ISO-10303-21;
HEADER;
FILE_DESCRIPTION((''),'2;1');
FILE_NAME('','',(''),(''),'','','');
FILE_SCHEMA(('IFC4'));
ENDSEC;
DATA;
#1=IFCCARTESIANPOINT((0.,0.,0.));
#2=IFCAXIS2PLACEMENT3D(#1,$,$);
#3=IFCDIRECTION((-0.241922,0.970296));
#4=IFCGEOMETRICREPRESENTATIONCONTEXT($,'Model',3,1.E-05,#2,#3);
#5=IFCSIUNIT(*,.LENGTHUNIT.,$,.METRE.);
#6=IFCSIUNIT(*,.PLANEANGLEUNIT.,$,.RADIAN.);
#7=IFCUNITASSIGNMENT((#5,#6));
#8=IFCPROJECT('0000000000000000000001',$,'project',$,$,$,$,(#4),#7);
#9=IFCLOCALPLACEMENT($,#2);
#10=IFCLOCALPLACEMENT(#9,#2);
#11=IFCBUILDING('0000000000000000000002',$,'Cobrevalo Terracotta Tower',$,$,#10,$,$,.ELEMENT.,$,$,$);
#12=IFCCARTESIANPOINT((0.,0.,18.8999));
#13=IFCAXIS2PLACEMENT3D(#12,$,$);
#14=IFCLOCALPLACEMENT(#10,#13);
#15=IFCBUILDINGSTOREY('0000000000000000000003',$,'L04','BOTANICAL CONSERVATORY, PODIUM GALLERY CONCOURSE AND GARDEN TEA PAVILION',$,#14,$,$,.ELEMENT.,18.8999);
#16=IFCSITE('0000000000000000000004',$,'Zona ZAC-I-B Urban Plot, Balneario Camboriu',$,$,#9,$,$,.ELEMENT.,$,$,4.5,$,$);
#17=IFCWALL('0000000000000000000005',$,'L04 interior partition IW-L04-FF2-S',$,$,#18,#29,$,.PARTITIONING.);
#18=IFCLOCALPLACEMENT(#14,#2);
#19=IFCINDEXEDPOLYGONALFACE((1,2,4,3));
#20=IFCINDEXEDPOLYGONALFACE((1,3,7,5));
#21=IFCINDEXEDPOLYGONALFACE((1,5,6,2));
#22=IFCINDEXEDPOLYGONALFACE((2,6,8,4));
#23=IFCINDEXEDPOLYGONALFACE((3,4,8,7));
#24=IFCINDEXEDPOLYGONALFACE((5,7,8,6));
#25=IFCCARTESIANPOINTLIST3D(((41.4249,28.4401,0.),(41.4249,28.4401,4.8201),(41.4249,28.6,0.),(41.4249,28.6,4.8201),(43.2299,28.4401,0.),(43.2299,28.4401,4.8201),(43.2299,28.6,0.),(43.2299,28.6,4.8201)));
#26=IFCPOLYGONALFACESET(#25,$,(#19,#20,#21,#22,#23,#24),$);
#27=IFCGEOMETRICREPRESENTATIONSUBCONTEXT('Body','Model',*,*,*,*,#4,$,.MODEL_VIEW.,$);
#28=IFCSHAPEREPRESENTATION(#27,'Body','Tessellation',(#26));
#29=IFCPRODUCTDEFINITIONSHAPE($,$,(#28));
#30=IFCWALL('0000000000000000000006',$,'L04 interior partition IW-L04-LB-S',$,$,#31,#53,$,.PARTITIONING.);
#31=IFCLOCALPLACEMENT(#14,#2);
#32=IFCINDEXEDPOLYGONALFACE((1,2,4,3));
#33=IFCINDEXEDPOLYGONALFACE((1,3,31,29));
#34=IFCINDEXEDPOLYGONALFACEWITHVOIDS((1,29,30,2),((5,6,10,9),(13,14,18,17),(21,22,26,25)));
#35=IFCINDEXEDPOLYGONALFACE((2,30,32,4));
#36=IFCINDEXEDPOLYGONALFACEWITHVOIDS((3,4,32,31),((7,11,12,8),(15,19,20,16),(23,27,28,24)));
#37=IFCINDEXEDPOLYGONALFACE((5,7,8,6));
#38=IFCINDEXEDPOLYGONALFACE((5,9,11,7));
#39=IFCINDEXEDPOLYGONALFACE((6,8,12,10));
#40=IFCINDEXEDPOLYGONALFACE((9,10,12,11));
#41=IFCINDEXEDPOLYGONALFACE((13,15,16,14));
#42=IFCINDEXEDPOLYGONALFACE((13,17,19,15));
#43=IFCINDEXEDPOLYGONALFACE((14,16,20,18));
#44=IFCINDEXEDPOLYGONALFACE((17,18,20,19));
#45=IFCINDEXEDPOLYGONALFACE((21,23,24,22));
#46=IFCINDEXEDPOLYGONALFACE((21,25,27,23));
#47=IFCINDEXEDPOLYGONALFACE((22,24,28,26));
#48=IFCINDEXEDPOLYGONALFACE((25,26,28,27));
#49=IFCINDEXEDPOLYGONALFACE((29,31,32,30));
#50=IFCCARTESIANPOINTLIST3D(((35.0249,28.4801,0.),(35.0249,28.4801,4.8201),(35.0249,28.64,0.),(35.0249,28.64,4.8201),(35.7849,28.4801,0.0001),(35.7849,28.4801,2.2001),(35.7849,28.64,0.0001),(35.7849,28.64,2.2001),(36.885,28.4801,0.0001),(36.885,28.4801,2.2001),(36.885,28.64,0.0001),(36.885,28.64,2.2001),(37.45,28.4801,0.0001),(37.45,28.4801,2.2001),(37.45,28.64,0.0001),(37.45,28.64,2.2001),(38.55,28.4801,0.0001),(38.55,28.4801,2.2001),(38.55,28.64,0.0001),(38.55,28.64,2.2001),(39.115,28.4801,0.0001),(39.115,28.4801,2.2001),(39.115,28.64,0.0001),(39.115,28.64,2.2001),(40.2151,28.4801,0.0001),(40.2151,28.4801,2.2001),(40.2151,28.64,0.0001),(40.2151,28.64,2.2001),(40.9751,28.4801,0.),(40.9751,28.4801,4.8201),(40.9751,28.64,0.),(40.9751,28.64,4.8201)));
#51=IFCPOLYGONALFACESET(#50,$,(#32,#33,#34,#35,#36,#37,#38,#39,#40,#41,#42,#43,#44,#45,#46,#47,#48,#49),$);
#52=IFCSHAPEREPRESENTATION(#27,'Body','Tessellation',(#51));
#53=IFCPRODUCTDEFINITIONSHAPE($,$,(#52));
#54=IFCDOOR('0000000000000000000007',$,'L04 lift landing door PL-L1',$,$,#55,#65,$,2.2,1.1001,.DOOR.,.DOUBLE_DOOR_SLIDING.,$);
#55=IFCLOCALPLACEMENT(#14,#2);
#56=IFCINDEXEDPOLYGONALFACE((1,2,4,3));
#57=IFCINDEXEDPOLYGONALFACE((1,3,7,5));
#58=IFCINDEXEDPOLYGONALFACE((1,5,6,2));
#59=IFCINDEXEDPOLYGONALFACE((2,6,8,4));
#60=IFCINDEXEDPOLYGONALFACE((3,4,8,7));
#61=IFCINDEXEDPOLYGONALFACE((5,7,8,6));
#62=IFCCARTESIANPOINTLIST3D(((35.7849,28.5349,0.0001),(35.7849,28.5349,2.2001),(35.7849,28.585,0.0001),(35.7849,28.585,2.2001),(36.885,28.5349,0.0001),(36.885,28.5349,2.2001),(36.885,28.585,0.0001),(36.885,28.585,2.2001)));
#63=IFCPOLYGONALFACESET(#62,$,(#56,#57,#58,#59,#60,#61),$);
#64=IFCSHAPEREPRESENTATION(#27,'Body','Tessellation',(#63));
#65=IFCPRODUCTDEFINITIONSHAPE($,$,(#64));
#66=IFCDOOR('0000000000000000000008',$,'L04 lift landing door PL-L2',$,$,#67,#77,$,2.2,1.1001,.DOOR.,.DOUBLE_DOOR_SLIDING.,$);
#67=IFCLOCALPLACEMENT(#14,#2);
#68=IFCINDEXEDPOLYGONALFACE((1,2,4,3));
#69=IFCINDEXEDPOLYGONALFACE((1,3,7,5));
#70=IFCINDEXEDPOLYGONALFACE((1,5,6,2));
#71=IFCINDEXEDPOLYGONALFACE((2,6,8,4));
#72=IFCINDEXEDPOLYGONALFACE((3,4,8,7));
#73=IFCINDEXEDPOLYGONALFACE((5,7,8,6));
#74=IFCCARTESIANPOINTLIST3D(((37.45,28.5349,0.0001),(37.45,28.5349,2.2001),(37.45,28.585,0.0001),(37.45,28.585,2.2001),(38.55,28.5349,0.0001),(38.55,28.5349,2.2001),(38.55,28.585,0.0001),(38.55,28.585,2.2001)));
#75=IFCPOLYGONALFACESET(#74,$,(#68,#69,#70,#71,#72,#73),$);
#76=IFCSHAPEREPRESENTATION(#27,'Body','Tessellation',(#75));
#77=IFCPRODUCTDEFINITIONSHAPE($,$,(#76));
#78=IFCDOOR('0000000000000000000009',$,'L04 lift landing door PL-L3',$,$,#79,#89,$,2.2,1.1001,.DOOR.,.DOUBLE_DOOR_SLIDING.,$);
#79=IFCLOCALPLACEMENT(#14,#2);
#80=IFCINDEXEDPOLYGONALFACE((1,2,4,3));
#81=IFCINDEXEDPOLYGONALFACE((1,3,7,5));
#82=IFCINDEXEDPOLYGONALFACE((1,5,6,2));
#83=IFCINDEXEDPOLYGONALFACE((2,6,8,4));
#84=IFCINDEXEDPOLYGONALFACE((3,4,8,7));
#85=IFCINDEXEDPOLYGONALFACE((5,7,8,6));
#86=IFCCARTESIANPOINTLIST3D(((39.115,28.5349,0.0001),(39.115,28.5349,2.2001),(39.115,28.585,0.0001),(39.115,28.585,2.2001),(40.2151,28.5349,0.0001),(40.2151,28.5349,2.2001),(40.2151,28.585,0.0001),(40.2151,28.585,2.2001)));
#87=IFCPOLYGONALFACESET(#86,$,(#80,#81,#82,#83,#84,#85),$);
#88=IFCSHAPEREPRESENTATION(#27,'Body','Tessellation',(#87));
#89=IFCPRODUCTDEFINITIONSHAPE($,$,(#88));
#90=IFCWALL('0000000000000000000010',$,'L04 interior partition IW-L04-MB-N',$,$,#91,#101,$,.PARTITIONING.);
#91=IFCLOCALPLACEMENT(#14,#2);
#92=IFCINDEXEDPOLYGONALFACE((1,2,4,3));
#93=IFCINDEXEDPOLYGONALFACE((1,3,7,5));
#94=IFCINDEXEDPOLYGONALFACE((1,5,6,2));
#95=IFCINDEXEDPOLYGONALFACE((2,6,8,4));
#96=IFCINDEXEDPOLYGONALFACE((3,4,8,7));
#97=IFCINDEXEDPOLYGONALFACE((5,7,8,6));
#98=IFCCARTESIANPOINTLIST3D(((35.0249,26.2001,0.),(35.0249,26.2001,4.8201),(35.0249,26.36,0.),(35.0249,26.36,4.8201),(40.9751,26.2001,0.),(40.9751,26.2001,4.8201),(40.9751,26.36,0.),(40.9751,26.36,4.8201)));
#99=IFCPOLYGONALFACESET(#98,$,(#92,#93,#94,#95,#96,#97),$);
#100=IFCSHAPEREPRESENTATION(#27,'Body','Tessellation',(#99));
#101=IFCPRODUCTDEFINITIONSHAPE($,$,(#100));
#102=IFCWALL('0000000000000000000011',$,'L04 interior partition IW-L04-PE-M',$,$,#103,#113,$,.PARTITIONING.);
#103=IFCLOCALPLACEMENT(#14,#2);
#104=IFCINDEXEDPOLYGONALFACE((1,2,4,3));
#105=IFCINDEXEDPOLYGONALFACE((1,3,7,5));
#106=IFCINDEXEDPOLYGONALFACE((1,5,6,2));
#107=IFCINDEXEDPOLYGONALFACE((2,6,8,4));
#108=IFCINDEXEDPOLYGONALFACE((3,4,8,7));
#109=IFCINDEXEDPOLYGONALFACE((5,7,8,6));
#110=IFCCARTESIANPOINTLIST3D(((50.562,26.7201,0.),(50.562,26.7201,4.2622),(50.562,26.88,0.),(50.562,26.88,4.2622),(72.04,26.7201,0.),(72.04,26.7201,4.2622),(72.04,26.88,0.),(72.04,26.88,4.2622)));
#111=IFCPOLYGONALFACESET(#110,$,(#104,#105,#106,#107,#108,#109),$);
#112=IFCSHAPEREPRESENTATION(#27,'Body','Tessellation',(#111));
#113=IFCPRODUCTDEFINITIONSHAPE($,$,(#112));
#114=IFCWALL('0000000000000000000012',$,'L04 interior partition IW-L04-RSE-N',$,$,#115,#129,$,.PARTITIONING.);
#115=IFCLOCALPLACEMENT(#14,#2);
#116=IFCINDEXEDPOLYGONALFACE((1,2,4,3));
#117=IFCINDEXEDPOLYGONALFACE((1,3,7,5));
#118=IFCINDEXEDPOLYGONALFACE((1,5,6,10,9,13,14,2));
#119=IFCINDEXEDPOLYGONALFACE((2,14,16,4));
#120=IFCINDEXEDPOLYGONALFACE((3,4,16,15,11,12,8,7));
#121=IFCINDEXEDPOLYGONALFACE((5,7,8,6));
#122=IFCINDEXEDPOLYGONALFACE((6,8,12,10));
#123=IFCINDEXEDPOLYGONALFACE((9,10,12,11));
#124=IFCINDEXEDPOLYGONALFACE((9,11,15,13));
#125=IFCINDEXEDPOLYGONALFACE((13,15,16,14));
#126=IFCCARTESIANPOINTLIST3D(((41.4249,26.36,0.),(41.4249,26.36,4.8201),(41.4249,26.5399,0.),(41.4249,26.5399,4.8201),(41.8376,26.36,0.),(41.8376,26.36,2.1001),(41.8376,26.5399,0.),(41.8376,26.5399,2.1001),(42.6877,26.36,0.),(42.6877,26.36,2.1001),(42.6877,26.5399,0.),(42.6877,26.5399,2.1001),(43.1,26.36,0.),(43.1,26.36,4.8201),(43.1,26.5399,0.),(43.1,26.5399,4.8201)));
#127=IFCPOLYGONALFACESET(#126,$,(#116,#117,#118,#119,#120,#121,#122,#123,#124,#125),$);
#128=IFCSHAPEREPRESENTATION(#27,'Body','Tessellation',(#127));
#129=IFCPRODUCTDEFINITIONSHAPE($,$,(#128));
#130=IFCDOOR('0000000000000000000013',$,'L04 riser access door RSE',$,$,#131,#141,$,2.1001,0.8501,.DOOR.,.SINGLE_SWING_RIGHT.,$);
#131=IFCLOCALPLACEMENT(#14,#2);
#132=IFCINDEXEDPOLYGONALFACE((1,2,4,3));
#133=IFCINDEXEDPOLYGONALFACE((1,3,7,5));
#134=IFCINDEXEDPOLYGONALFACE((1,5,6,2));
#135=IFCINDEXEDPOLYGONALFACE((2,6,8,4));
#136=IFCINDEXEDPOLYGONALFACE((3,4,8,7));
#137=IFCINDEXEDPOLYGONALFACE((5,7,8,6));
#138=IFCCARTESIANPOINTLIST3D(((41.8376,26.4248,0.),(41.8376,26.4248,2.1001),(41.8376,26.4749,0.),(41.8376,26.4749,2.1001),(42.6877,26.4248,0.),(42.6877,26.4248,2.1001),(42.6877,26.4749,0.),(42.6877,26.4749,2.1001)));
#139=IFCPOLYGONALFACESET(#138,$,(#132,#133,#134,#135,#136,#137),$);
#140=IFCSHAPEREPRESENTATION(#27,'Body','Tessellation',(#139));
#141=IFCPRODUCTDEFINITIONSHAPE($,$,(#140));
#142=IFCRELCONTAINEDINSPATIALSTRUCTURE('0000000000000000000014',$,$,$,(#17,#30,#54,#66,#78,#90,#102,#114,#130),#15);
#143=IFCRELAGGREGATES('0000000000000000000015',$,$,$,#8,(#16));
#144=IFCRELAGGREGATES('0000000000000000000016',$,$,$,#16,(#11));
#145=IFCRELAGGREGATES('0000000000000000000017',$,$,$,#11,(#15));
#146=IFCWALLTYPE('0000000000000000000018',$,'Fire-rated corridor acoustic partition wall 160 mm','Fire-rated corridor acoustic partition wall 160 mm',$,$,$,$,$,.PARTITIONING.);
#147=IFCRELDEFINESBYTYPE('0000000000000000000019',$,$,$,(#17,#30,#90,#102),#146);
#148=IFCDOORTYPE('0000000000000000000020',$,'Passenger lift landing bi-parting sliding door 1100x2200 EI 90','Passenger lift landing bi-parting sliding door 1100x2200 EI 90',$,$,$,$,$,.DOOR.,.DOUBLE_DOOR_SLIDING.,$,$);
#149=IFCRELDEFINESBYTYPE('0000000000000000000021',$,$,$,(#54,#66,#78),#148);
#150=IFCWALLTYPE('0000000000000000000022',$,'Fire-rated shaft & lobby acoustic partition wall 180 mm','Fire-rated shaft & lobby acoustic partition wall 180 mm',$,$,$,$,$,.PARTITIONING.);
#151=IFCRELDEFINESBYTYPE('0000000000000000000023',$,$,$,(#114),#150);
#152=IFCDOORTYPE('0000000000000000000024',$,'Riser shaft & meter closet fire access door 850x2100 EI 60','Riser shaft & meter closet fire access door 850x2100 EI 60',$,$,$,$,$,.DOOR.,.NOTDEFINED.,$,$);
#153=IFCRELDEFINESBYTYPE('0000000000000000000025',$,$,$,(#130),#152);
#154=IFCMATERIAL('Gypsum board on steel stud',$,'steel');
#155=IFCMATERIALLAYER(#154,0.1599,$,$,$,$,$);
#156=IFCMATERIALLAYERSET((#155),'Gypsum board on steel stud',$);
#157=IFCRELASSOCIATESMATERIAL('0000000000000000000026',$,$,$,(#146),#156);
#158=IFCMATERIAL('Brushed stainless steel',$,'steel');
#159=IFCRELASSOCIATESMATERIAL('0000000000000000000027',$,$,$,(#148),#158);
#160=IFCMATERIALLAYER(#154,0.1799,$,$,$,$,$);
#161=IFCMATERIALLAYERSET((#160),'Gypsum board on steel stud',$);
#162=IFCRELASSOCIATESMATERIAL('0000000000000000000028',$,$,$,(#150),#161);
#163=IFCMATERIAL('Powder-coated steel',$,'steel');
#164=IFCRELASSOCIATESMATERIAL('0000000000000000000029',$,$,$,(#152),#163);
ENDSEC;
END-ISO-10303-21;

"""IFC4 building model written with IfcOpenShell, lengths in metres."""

from ifc_helpers import new_model, si_unit, direction, frame, frame_2d, origin, place, context, subcontext, project, spatial, rectangle, extrude, source, transform, mapped, material, layer, layer_set, type_object, element, fill, save


model = new_model("IFC4")

# Units and contexts
model_context = context("Model", 3, precision=1e-05, world=origin(), true_north=direction((-0.241922, 0.970296)))
body_context = subcontext(model_context, "Body", "Model", "MODEL_VIEW")
ifc_project = project(units=[si_unit("LENGTHUNIT", "METRE"), si_unit("PLANEANGLEUNIT", "RADIAN")], contexts=[model_context])

# Site, building, storey
site_placement = place(None, origin())
site = spatial("IfcSite", under=ifc_project, at=site_placement, Name="Zona ZAC-I-B Urban Plot, Balneario Camboriu", CompositionType="ELEMENT", RefElevation=4.5)
building_placement = place(site_placement, origin())
building = spatial("IfcBuilding", under=site, at=building_placement, Name="Cobrevalo Terracotta Tower", CompositionType="ELEMENT")
storey_placement = place(building_placement, frame((0.0, 0.0, 18.8999)))
storey = spatial("IfcBuildingStorey", under=building, at=storey_placement, Name="L04", Description="BOTANICAL CONSERVATORY, PODIUM GALLERY CONCOURSE AND GARDEN TEA PAVILION", CompositionType="ELEMENT", Elevation=18.8999)

# Wall
ifc_material_1 = material(Name="Gypsum board on steel stud", Category="steel")
ifc_layer_1 = layer(ifc_material_1, 0.1599)
ifc_layer_set_1 = layer_set([ifc_layer_1], Name="Gypsum board on steel stud")
wall_type_1 = type_object("IfcWallType", Name="Fire-rated corridor acoustic partition wall 160 mm", Description="Fire-rated corridor acoustic partition wall 160 mm", PredefinedType="PARTITIONING", material=ifc_layer_set_1)
wall_1_placement = place(storey_placement, frame((41.425, 28.52, 0.0), z_axis=(0.0, 0.0, 1.0), x_axis=(1.0, 0.0, 0.0)))
element("IfcWall", 1, at=wall_1_placement, inside=storey, type_object=wall_type_1, Name="L04 interior partition IW-L04-FF2-S", PredefinedType="PARTITIONING", context=body_context, shape_type="SweptSolid", body=[
    extrude(rectangle(XDim=1.8049, YDim=0.1599, at=frame_2d((0.9023, 0.0))), origin(), (0.0, 0.0, 1.0), 4.8201),
])

# Wall, openings, doors
wall_2_placement = place(storey_placement, frame((35.0249, 28.5601, 0.0), z_axis=(0.0, 0.0, 1.0), x_axis=(1.0, 0.0, 0.0)))
wall_2 = element("IfcWall", 2, at=wall_2_placement, inside=storey, type_object=wall_type_1, Name="L04 interior partition IW-L04-LB-S", PredefinedType="PARTITIONING", context=body_context, shape_type="SweptSolid", body=[
    extrude(rectangle(XDim=5.9502, YDim=0.1599, at=frame_2d((2.9751, 0.0))), origin(), (0.0, 0.0, 1.0), 4.8201),
])
opening_1_placement = place(wall_2_placement, frame((0.76, 0.0, 0.0)))
opening_1 = element("IfcOpeningElement", 3, at=opening_1_placement, cuts=wall_2, PredefinedType="OPENING", context=body_context, shape_type="SweptSolid", body=[
    extrude(rectangle(XDim=1.1001, YDim=2.2, at=frame_2d((0.55, 1.1001))), frame((0.0, 0.0898, 0.0), z_axis=(0.0, -1.0, 0.0), x_axis=(1.0, 0.0, 0.0)), (0.0, 0.0, 1.0), 0.1799),
])
opening_2_placement = place(wall_2_placement, frame((2.425, 0.0, 0.0)))
opening_2 = element("IfcOpeningElement", 4, at=opening_2_placement, cuts=wall_2, PredefinedType="OPENING", context=body_context, shape_type="SweptSolid", body=[
    extrude(rectangle(XDim=1.1001, YDim=2.2, at=frame_2d((0.55, 1.1001))), frame((0.0, 0.0898, 0.0), z_axis=(0.0, -1.0, 0.0), x_axis=(1.0, 0.0, 0.0)), (0.0, 0.0, 1.0), 0.1799),
])
opening_3_placement = place(wall_2_placement, frame((4.0901, 0.0, 0.0)))
opening_3 = element("IfcOpeningElement", 5, at=opening_3_placement, cuts=wall_2, PredefinedType="OPENING", context=body_context, shape_type="SweptSolid", body=[
    extrude(rectangle(XDim=1.1001, YDim=2.2, at=frame_2d((0.55, 1.1001))), frame((0.0, 0.0898, 0.0), z_axis=(0.0, -1.0, 0.0), x_axis=(1.0, 0.0, 0.0)), (0.0, 0.0, 1.0), 0.1799),
])
ifc_material_2 = material(Name="Brushed stainless steel", Category="steel")
door_type_1 = type_object("IfcDoorType", Name="Passenger lift landing bi-parting sliding door 1100x2200 EI 90", Description="Passenger lift landing bi-parting sliding door 1100x2200 EI 90", OperationType="DOUBLE_DOOR_SLIDING", PredefinedType="DOOR", material=ifc_material_2)
shared_shape_1 = source(origin(), body_context, "Body", "SweptSolid", [
    extrude(rectangle(XDim=1.1001, YDim=2.2, at=frame_2d((0.55, 1.1001))), frame((0.0, 0.0249, 0.0), z_axis=(0.0, -1.0, 0.0), x_axis=(1.0, 0.0, 0.0)), (0.0, 0.0, 1.0), 0.05),
])
door_1_placement = place(opening_1_placement, origin())
door_1 = element("IfcDoor", 6, at=door_1_placement, inside=storey, type_object=door_type_1, Name="L04 lift landing door PL-L1", OperationType="DOUBLE_DOOR_SLIDING", OverallHeight=2.2, OverallWidth=1.1001, PredefinedType="DOOR", context=body_context, shape_type="MappedRepresentation", body=[
    mapped(shared_shape_1, transform((0.0, 0.0, 0.0), scale=1.0)),
])
fill(opening_1, door_1)
door_2_placement = place(opening_2_placement, origin())
door_2 = element("IfcDoor", 7, at=door_2_placement, inside=storey, type_object=door_type_1, Name="L04 lift landing door PL-L2", OperationType="DOUBLE_DOOR_SLIDING", OverallHeight=2.2, OverallWidth=1.1001, PredefinedType="DOOR", context=body_context, shape_type="MappedRepresentation", body=[
    mapped(shared_shape_1, transform((0.0, 0.0, 0.0), scale=1.0)),
])
fill(opening_2, door_2)
door_3_placement = place(opening_3_placement, origin())
door_3 = element("IfcDoor", 8, at=door_3_placement, inside=storey, type_object=door_type_1, Name="L04 lift landing door PL-L3", OperationType="DOUBLE_DOOR_SLIDING", OverallHeight=2.2, OverallWidth=1.1001, PredefinedType="DOOR", context=body_context, shape_type="MappedRepresentation", body=[
    mapped(shared_shape_1, transform((0.0, 0.0, 0.0), scale=1.0)),
])
fill(opening_3, door_3)

# Walls
wall_3_placement = place(storey_placement, frame((35.0249, 26.28, 0.0), z_axis=(0.0, 0.0, 1.0), x_axis=(1.0, 0.0, 0.0)))
element("IfcWall", 9, at=wall_3_placement, inside=storey, type_object=wall_type_1, Name="L04 interior partition IW-L04-MB-N", PredefinedType="PARTITIONING", context=body_context, shape_type="SweptSolid", body=[
    extrude(rectangle(XDim=5.9502, YDim=0.1599, at=frame_2d((2.9751, 0.0))), origin(), (0.0, 0.0, 1.0), 4.8201),
])
wall_4_placement = place(storey_placement, frame((50.562, 26.8, 0.0), z_axis=(0.0, 0.0, 1.0), x_axis=(1.0, 0.0, 0.0)))
element("IfcWall", 10, at=wall_4_placement, inside=storey, type_object=wall_type_1, Name="L04 interior partition IW-L04-PE-M", PredefinedType="PARTITIONING", context=body_context, shape_type="SweptSolid", body=[
    extrude(rectangle(XDim=21.478, YDim=0.1599, at=frame_2d((10.739, 0.0))), origin(), (0.0, 0.0, 1.0), 4.2622),
])

# Wall, opening, door
ifc_layer_2 = layer(ifc_material_1, 0.1799)
ifc_layer_set_2 = layer_set([ifc_layer_2], Name="Gypsum board on steel stud")
wall_type_2 = type_object("IfcWallType", Name="Fire-rated shaft & lobby acoustic partition wall 180 mm", Description="Fire-rated shaft & lobby acoustic partition wall 180 mm", PredefinedType="PARTITIONING", material=ifc_layer_set_2)
wall_5_placement = place(storey_placement, frame((41.425, 26.45, 0.0), z_axis=(0.0, 0.0, 1.0), x_axis=(1.0, 0.0, 0.0)))
wall_5 = element("IfcWall", 11, at=wall_5_placement, inside=storey, type_object=wall_type_2, Name="L04 interior partition IW-L04-RSE-N", PredefinedType="PARTITIONING", context=body_context, shape_type="SweptSolid", body=[
    extrude(rectangle(XDim=1.675, YDim=0.1799, at=frame_2d((0.8374, 0.0))), origin(), (0.0, 0.0, 1.0), 4.8201),
])
opening_4_placement = place(wall_5_placement, frame((0.4126, 0.0, 0.0)))
opening_4 = element("IfcOpeningElement", 12, at=opening_4_placement, cuts=wall_5, PredefinedType="OPENING", context=body_context, shape_type="SweptSolid", body=[
    extrude(rectangle(XDim=0.8501, YDim=2.1001, at=frame_2d((0.425, 1.05))), frame((0.0, 0.1001, 0.0), z_axis=(0.0, -1.0, 0.0), x_axis=(1.0, 0.0, 0.0)), (0.0, 0.0, 1.0), 0.2),
])
ifc_material_3 = material(Name="Powder-coated steel", Category="steel")
door_type_2 = type_object("IfcDoorType", Name="Riser shaft & meter closet fire access door 850x2100 EI 60", Description="Riser shaft & meter closet fire access door 850x2100 EI 60", OperationType="NOTDEFINED", PredefinedType="DOOR", material=ifc_material_3)
shared_shape_2 = source(origin(), body_context, "Body", "SweptSolid", [
    extrude(rectangle(XDim=0.8501, YDim=2.1001, at=frame_2d((0.425, 1.05))), frame((0.0, 0.0249, 0.0), z_axis=(0.0, -1.0, 0.0), x_axis=(1.0, 0.0, 0.0)), (0.0, 0.0, 1.0), 0.05),
])
door_4_placement = place(opening_4_placement, origin())
door_4 = element("IfcDoor", 13, at=door_4_placement, inside=storey, type_object=door_type_2, Name="L04 riser access door RSE", OperationType="SINGLE_SWING_RIGHT", OverallHeight=2.1001, OverallWidth=0.8501, PredefinedType="DOOR", context=body_context, shape_type="MappedRepresentation", body=[
    mapped(shared_shape_2, transform((0.0, 0.0, 0.0), scale=1.0)),
])
fill(opening_4, door_4)

save(model, "model.ifc")
